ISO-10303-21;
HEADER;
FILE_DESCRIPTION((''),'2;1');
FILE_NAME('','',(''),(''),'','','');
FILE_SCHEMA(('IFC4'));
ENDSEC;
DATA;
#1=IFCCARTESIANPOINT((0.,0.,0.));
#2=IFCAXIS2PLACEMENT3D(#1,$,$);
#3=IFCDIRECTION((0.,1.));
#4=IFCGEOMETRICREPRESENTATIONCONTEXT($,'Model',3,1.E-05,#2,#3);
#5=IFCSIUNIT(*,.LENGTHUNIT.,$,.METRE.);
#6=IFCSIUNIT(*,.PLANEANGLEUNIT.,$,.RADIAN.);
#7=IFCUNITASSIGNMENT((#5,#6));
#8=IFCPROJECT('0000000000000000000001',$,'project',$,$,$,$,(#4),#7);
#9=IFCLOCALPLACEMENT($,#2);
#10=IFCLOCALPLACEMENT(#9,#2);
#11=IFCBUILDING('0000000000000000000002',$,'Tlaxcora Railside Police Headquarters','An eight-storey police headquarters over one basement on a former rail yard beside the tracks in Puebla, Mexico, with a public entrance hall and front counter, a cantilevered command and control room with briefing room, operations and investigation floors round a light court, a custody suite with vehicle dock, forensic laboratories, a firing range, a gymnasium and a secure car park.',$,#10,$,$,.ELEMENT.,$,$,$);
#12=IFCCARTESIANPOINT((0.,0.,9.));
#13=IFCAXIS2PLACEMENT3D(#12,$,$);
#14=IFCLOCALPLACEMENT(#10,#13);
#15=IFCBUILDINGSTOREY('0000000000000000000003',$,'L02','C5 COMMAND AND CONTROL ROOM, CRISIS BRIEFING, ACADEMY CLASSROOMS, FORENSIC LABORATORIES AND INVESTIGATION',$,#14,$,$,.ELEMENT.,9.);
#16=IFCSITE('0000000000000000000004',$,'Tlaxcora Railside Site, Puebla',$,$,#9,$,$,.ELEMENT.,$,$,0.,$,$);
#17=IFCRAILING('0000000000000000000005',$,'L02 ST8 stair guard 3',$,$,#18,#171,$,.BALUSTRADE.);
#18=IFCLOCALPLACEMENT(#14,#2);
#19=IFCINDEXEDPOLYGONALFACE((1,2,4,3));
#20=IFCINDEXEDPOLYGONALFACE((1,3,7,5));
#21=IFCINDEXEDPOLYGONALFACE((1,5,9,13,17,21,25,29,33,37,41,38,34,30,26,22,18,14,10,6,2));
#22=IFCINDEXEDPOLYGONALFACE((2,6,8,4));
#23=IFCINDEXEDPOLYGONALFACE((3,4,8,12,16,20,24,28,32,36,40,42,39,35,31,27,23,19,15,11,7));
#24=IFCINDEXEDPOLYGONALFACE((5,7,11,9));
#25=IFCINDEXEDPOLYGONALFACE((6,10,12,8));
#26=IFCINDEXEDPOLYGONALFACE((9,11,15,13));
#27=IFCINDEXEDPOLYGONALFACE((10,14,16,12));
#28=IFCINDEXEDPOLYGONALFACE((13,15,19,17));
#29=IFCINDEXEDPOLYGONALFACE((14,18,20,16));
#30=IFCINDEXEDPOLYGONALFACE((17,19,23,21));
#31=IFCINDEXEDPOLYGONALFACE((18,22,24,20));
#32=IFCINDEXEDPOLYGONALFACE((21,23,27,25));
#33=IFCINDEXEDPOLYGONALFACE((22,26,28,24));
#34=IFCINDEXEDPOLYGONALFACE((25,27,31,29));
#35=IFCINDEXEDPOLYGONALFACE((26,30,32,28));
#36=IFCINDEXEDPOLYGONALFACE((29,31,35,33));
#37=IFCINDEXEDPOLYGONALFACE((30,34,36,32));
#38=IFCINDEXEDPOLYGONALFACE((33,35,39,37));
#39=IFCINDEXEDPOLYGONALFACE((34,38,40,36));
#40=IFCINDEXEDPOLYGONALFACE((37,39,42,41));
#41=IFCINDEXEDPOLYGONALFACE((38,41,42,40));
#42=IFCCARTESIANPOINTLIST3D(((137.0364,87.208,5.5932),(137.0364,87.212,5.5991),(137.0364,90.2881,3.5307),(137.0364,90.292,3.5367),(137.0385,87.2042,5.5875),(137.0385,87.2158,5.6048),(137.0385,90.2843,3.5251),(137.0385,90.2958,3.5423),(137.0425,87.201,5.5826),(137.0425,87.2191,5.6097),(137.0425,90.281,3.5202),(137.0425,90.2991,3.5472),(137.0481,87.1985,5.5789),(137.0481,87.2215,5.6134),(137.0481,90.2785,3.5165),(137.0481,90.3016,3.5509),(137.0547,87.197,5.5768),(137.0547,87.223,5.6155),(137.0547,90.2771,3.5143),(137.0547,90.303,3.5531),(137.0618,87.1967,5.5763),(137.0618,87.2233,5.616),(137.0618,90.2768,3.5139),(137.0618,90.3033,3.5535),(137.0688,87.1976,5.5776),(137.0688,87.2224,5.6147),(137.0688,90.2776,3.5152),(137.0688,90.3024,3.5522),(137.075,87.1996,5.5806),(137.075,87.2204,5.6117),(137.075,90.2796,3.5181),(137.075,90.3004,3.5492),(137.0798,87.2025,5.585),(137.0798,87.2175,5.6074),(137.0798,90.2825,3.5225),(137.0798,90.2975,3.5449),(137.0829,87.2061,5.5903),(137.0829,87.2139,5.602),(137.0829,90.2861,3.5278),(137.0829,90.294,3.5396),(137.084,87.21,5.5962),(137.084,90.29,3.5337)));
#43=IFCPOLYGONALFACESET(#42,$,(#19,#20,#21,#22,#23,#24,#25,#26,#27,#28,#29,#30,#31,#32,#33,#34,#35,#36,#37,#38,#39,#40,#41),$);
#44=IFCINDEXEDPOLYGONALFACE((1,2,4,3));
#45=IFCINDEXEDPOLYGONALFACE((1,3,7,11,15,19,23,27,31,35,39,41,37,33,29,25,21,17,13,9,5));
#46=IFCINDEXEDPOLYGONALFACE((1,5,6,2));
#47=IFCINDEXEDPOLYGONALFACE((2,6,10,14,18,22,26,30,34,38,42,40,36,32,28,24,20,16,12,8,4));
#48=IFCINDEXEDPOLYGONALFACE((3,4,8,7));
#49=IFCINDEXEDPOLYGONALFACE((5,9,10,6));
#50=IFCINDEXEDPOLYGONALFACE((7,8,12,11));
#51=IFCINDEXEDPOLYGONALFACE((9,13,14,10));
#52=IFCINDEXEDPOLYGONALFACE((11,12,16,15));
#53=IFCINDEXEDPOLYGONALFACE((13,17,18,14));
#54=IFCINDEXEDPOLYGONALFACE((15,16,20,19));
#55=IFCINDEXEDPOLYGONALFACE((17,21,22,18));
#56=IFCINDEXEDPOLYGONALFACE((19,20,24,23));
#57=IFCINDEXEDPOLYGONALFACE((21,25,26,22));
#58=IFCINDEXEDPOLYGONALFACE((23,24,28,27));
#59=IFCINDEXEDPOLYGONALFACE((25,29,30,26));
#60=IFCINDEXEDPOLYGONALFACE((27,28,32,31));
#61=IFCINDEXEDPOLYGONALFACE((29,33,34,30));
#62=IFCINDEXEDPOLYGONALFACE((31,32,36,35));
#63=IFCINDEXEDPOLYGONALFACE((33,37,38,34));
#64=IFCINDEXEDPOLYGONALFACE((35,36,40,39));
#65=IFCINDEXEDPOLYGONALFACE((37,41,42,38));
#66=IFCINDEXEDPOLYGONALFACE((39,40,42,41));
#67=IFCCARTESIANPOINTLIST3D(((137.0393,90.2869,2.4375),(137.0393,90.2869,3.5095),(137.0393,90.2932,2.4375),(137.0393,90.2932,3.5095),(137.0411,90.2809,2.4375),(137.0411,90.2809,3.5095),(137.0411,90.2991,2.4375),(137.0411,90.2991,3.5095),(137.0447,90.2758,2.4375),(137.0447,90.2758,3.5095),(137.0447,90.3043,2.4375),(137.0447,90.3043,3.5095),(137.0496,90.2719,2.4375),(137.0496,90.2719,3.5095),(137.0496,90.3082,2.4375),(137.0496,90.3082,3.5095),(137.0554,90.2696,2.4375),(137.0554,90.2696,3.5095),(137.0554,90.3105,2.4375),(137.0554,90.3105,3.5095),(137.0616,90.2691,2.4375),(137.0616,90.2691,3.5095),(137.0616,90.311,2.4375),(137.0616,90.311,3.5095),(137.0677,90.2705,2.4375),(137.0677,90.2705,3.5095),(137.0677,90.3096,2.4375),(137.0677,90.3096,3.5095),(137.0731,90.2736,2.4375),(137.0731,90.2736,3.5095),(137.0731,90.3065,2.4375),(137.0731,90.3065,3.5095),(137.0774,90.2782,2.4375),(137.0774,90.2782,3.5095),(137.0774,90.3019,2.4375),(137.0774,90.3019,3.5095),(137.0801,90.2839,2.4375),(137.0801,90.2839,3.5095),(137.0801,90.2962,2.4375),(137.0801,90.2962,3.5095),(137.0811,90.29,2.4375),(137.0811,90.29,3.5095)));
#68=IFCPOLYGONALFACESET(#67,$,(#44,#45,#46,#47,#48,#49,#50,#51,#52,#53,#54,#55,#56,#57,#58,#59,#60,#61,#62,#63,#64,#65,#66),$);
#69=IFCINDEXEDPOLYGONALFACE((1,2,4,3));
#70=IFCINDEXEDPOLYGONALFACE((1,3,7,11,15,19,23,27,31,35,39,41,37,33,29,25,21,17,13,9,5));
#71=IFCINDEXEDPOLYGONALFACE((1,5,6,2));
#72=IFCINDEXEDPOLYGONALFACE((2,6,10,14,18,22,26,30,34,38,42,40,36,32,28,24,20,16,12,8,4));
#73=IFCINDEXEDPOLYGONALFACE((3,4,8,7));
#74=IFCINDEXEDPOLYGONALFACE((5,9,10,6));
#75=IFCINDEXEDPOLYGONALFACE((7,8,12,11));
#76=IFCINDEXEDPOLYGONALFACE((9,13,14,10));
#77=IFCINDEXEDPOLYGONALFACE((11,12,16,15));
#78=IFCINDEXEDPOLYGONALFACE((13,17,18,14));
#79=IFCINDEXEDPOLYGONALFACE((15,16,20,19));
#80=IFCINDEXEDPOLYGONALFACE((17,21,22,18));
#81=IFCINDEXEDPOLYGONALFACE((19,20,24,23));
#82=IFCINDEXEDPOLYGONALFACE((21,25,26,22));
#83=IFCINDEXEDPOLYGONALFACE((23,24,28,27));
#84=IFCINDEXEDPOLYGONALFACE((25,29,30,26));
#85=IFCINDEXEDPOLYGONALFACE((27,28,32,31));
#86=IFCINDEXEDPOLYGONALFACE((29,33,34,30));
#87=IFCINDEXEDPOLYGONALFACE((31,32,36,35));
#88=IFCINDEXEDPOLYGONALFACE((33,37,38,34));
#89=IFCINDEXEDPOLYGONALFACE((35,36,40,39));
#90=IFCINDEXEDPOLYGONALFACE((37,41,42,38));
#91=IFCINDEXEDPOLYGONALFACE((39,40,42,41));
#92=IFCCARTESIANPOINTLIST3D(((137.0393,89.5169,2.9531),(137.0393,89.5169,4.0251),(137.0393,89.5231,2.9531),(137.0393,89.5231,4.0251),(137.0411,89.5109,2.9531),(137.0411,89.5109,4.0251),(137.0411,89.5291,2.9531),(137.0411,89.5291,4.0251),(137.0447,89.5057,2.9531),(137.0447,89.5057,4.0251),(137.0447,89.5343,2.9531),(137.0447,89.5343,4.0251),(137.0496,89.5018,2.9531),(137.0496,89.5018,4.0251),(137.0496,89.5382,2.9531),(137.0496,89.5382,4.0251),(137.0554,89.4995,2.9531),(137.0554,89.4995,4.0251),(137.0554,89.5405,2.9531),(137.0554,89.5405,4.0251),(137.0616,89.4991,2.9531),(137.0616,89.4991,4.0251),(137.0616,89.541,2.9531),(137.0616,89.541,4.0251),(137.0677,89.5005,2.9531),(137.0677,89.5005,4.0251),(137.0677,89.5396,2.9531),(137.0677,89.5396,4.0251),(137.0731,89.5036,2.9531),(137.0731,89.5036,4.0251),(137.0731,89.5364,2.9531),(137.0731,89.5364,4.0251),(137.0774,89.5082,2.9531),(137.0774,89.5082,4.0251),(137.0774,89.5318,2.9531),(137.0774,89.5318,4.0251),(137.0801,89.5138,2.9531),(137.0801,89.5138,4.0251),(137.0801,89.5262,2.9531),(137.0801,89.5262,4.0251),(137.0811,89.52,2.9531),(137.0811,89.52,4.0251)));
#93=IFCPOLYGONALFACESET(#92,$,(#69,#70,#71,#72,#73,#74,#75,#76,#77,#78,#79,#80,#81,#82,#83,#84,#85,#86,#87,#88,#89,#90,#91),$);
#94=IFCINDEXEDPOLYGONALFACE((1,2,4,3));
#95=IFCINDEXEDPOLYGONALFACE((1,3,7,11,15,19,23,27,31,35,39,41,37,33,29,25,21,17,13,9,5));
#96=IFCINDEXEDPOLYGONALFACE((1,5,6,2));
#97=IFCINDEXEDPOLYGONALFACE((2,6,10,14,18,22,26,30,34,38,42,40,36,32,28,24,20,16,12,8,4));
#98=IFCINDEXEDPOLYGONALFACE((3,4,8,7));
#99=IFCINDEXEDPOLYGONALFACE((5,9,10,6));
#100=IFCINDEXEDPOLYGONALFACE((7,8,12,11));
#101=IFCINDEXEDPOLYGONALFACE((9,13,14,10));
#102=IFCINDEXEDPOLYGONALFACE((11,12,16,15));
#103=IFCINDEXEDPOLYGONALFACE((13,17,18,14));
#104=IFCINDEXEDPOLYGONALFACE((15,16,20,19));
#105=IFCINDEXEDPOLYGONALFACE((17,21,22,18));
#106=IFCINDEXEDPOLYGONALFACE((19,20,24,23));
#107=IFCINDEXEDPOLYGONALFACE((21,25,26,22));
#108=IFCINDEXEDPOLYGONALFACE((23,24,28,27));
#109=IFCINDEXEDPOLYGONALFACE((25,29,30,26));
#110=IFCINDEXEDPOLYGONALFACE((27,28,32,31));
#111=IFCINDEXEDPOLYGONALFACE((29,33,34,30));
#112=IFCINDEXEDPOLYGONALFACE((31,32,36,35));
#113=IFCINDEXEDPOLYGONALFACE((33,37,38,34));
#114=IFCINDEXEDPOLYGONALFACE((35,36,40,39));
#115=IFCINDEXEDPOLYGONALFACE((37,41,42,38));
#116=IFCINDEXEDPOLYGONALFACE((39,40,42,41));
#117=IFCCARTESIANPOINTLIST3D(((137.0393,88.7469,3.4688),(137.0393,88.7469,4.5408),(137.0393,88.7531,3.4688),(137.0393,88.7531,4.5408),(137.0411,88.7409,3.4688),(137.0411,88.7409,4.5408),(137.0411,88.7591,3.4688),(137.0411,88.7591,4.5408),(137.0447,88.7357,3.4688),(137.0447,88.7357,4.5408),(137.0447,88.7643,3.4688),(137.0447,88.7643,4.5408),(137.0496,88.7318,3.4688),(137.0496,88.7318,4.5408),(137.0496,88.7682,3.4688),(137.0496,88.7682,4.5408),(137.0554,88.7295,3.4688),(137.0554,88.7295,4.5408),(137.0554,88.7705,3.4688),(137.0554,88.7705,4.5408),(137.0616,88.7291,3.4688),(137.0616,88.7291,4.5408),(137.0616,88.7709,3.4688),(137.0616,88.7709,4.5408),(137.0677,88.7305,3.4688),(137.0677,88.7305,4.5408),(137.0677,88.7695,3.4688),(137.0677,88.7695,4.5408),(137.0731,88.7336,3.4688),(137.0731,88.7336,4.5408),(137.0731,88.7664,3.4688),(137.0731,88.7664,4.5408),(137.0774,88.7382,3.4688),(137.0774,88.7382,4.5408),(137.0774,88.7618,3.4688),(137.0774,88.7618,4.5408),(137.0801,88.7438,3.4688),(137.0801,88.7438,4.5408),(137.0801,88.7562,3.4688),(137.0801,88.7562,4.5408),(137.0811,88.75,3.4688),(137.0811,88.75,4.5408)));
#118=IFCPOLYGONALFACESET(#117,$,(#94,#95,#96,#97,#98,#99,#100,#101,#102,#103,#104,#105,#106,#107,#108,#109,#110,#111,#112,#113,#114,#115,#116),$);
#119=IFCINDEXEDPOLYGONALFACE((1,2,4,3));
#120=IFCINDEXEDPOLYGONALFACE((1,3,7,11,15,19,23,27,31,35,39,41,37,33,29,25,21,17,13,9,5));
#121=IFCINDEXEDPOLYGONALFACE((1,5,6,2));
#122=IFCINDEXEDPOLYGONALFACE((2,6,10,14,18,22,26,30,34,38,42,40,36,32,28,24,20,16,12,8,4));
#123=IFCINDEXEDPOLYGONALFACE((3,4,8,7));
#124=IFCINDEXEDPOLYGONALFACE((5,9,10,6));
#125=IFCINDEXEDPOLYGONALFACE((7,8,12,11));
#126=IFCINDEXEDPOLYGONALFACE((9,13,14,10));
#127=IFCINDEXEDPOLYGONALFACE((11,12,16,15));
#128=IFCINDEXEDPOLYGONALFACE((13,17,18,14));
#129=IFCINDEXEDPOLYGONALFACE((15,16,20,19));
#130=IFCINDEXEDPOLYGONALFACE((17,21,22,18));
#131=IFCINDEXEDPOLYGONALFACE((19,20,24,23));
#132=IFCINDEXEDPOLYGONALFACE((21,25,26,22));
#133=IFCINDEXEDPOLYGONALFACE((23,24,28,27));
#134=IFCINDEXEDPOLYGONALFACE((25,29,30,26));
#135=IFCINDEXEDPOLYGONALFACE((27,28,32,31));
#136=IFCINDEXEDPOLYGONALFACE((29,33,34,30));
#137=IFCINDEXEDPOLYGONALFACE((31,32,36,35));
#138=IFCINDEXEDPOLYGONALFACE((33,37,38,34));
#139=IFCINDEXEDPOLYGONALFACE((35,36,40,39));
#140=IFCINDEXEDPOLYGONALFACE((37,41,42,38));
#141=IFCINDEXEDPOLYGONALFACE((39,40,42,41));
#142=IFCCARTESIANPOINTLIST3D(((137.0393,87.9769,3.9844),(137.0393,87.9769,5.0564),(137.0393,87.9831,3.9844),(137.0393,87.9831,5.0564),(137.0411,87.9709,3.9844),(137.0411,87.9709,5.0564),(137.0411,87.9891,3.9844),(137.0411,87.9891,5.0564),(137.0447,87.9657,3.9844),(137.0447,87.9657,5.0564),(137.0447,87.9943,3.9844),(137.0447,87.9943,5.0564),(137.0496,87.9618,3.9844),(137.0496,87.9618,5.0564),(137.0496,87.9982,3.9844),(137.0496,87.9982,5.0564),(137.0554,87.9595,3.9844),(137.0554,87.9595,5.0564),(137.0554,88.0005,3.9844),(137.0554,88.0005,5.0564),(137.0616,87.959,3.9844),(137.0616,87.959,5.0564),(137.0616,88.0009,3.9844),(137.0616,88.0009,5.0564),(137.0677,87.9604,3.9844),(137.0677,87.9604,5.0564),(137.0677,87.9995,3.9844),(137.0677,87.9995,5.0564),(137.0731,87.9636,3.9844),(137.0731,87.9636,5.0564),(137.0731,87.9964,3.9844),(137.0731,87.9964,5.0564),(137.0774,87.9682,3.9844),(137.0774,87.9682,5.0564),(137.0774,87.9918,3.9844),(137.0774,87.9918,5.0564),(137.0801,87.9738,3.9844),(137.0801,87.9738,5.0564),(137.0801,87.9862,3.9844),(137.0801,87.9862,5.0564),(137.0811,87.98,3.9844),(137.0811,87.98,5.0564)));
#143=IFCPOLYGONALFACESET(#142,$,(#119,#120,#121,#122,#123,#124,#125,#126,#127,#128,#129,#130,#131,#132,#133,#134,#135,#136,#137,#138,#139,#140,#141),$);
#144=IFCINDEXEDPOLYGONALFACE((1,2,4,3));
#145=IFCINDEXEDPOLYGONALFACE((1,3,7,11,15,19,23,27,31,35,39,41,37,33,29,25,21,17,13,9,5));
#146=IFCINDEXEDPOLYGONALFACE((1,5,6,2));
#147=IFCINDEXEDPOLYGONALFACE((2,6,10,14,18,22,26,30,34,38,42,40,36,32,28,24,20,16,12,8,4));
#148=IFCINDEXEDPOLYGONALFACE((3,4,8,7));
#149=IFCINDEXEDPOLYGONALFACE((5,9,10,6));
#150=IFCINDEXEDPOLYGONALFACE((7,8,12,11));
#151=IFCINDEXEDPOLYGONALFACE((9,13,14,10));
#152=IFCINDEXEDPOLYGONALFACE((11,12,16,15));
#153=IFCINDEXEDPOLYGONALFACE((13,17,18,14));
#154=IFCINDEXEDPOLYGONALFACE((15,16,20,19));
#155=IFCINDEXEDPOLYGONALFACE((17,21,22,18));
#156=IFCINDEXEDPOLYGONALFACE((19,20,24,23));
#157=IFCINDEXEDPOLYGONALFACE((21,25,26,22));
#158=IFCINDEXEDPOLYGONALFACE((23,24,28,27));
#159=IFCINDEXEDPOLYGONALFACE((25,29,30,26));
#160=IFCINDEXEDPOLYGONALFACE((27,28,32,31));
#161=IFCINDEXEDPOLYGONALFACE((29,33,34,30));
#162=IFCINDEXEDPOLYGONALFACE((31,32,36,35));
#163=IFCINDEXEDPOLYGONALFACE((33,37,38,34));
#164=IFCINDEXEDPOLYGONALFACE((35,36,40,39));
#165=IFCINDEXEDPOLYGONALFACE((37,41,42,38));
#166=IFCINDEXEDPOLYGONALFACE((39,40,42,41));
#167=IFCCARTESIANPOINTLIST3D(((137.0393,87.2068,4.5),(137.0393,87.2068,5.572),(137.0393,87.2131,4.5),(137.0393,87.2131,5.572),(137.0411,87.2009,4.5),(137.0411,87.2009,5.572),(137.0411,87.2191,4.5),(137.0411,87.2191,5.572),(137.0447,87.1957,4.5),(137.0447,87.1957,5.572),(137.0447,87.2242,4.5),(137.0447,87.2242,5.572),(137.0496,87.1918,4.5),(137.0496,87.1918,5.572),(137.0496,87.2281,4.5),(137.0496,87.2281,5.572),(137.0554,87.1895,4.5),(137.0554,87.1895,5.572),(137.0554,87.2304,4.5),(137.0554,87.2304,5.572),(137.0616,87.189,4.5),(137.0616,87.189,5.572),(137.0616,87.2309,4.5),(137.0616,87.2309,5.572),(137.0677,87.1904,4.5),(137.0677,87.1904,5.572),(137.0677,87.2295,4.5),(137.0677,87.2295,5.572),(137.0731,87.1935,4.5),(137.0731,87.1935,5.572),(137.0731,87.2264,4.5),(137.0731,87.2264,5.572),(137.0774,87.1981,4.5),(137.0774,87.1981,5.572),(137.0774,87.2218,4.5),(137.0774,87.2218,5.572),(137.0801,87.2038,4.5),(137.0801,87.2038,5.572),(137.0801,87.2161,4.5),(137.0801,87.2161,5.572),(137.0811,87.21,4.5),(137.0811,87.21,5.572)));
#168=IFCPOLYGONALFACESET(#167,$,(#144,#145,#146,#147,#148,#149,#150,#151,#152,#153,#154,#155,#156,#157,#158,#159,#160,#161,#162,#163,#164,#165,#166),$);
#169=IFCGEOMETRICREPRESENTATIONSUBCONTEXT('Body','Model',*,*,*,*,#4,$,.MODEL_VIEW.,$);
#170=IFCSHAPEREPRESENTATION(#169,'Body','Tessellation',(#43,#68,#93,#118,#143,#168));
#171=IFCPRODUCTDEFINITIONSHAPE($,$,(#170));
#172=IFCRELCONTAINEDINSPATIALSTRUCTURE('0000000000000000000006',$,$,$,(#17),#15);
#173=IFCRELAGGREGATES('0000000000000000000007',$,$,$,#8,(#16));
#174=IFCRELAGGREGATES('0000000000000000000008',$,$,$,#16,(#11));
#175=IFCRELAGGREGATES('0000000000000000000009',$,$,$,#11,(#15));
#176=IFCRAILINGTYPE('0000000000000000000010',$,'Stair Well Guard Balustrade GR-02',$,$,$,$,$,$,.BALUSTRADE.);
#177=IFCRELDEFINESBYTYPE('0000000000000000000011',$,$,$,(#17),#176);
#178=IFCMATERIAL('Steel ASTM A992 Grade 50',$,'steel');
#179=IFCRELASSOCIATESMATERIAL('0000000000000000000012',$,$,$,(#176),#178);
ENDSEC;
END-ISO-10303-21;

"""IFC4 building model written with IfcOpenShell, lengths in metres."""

from ifc_helpers import new_model, si_unit, direction, frame, origin, origin_2d, place, context, subcontext, project, spatial, circle, extrude, material, type_object, element, save


model = new_model("IFC4")

# Units and contexts
model_context = context("Model", 3, precision=1e-05, world=origin(), true_north=direction((0.0, 1.0)))
body_context = subcontext(model_context, "Body", "Model", "MODEL_VIEW")
ifc_project = project(units=[si_unit("LENGTHUNIT", "METRE"), si_unit("PLANEANGLEUNIT", "RADIAN")], contexts=[model_context])

# Site, building, storey
site_placement = place(None, origin())
site = spatial("IfcSite", under=ifc_project, at=site_placement, Name="Tlaxcora Railside Site, Puebla", CompositionType="ELEMENT", RefElevation=0.0)
building_placement = place(site_placement, origin())
building = spatial("IfcBuilding", under=site, at=building_placement, Name="Tlaxcora Railside Police Headquarters", Description="An eight-storey police headquarters over one basement on a former rail yard beside the tracks in Puebla, Mexico, with a public entrance hall and front counter, a cantilevered command and control room with briefing room, operations and investigation floors round a light court, a custody suite with vehicle dock, forensic laboratories, a firing range, a gymnasium and a secure car park.", CompositionType="ELEMENT")
storey_placement = place(building_placement, frame((0.0, 0.0, 9.0)))
storey = spatial("IfcBuildingStorey", under=building, at=storey_placement, Name="L02", Description="C5 COMMAND AND CONTROL ROOM, CRISIS BRIEFING, ACADEMY CLASSROOMS, FORENSIC LABORATORIES AND INVESTIGATION", CompositionType="ELEMENT", Elevation=9.0)

# Shared definitions
ifc_material_1 = material(Name="Steel ASTM A992 Grade 50", Category="steel")

# Railing
railing_type_1 = type_object("IfcRailingType", Name="Stair Well Guard Balustrade GR-02", PredefinedType="BALUSTRADE", material=ifc_material_1)
railing_1_placement = place(storey_placement, frame((137.0601, 90.29, 2.4375)))
element("IfcRailing", 1, at=railing_1_placement, inside=storey, type_object=railing_type_1, Name="L02 ST8 stair guard 3", PredefinedType="BALUSTRADE", context=body_context, shape_type="SweptSolid", body=[
    extrude(circle(Radius=0.0239, at=origin_2d()), frame((0.0, 0.0, 1.0962), z_axis=(0.0, -0.830914, 0.556401), x_axis=(1.0, 0.0, 0.0)), (0.0, 0.0, 1.0), 3.7068),
    extrude(circle(Radius=0.021, at=origin_2d()), origin(), (0.0, 0.0, 1.0), 1.072),
    extrude(circle(Radius=0.021, at=origin_2d()), frame((0.0, -0.77, 0.5156)), (0.0, 0.0, 1.0), 1.072),
    extrude(circle(Radius=0.021, at=origin_2d()), frame((0.0, -1.54, 1.0312)), (0.0, 0.0, 1.0), 1.072),
    extrude(circle(Radius=0.021, at=origin_2d()), frame((0.0, -2.3101, 1.5469)), (0.0, 0.0, 1.0), 1.072),
    extrude(circle(Radius=0.021, at=origin_2d()), frame((0.0, -3.0801, 2.0625)), (0.0, 0.0, 1.0), 1.072),
])

save(model, "model.ifc")
